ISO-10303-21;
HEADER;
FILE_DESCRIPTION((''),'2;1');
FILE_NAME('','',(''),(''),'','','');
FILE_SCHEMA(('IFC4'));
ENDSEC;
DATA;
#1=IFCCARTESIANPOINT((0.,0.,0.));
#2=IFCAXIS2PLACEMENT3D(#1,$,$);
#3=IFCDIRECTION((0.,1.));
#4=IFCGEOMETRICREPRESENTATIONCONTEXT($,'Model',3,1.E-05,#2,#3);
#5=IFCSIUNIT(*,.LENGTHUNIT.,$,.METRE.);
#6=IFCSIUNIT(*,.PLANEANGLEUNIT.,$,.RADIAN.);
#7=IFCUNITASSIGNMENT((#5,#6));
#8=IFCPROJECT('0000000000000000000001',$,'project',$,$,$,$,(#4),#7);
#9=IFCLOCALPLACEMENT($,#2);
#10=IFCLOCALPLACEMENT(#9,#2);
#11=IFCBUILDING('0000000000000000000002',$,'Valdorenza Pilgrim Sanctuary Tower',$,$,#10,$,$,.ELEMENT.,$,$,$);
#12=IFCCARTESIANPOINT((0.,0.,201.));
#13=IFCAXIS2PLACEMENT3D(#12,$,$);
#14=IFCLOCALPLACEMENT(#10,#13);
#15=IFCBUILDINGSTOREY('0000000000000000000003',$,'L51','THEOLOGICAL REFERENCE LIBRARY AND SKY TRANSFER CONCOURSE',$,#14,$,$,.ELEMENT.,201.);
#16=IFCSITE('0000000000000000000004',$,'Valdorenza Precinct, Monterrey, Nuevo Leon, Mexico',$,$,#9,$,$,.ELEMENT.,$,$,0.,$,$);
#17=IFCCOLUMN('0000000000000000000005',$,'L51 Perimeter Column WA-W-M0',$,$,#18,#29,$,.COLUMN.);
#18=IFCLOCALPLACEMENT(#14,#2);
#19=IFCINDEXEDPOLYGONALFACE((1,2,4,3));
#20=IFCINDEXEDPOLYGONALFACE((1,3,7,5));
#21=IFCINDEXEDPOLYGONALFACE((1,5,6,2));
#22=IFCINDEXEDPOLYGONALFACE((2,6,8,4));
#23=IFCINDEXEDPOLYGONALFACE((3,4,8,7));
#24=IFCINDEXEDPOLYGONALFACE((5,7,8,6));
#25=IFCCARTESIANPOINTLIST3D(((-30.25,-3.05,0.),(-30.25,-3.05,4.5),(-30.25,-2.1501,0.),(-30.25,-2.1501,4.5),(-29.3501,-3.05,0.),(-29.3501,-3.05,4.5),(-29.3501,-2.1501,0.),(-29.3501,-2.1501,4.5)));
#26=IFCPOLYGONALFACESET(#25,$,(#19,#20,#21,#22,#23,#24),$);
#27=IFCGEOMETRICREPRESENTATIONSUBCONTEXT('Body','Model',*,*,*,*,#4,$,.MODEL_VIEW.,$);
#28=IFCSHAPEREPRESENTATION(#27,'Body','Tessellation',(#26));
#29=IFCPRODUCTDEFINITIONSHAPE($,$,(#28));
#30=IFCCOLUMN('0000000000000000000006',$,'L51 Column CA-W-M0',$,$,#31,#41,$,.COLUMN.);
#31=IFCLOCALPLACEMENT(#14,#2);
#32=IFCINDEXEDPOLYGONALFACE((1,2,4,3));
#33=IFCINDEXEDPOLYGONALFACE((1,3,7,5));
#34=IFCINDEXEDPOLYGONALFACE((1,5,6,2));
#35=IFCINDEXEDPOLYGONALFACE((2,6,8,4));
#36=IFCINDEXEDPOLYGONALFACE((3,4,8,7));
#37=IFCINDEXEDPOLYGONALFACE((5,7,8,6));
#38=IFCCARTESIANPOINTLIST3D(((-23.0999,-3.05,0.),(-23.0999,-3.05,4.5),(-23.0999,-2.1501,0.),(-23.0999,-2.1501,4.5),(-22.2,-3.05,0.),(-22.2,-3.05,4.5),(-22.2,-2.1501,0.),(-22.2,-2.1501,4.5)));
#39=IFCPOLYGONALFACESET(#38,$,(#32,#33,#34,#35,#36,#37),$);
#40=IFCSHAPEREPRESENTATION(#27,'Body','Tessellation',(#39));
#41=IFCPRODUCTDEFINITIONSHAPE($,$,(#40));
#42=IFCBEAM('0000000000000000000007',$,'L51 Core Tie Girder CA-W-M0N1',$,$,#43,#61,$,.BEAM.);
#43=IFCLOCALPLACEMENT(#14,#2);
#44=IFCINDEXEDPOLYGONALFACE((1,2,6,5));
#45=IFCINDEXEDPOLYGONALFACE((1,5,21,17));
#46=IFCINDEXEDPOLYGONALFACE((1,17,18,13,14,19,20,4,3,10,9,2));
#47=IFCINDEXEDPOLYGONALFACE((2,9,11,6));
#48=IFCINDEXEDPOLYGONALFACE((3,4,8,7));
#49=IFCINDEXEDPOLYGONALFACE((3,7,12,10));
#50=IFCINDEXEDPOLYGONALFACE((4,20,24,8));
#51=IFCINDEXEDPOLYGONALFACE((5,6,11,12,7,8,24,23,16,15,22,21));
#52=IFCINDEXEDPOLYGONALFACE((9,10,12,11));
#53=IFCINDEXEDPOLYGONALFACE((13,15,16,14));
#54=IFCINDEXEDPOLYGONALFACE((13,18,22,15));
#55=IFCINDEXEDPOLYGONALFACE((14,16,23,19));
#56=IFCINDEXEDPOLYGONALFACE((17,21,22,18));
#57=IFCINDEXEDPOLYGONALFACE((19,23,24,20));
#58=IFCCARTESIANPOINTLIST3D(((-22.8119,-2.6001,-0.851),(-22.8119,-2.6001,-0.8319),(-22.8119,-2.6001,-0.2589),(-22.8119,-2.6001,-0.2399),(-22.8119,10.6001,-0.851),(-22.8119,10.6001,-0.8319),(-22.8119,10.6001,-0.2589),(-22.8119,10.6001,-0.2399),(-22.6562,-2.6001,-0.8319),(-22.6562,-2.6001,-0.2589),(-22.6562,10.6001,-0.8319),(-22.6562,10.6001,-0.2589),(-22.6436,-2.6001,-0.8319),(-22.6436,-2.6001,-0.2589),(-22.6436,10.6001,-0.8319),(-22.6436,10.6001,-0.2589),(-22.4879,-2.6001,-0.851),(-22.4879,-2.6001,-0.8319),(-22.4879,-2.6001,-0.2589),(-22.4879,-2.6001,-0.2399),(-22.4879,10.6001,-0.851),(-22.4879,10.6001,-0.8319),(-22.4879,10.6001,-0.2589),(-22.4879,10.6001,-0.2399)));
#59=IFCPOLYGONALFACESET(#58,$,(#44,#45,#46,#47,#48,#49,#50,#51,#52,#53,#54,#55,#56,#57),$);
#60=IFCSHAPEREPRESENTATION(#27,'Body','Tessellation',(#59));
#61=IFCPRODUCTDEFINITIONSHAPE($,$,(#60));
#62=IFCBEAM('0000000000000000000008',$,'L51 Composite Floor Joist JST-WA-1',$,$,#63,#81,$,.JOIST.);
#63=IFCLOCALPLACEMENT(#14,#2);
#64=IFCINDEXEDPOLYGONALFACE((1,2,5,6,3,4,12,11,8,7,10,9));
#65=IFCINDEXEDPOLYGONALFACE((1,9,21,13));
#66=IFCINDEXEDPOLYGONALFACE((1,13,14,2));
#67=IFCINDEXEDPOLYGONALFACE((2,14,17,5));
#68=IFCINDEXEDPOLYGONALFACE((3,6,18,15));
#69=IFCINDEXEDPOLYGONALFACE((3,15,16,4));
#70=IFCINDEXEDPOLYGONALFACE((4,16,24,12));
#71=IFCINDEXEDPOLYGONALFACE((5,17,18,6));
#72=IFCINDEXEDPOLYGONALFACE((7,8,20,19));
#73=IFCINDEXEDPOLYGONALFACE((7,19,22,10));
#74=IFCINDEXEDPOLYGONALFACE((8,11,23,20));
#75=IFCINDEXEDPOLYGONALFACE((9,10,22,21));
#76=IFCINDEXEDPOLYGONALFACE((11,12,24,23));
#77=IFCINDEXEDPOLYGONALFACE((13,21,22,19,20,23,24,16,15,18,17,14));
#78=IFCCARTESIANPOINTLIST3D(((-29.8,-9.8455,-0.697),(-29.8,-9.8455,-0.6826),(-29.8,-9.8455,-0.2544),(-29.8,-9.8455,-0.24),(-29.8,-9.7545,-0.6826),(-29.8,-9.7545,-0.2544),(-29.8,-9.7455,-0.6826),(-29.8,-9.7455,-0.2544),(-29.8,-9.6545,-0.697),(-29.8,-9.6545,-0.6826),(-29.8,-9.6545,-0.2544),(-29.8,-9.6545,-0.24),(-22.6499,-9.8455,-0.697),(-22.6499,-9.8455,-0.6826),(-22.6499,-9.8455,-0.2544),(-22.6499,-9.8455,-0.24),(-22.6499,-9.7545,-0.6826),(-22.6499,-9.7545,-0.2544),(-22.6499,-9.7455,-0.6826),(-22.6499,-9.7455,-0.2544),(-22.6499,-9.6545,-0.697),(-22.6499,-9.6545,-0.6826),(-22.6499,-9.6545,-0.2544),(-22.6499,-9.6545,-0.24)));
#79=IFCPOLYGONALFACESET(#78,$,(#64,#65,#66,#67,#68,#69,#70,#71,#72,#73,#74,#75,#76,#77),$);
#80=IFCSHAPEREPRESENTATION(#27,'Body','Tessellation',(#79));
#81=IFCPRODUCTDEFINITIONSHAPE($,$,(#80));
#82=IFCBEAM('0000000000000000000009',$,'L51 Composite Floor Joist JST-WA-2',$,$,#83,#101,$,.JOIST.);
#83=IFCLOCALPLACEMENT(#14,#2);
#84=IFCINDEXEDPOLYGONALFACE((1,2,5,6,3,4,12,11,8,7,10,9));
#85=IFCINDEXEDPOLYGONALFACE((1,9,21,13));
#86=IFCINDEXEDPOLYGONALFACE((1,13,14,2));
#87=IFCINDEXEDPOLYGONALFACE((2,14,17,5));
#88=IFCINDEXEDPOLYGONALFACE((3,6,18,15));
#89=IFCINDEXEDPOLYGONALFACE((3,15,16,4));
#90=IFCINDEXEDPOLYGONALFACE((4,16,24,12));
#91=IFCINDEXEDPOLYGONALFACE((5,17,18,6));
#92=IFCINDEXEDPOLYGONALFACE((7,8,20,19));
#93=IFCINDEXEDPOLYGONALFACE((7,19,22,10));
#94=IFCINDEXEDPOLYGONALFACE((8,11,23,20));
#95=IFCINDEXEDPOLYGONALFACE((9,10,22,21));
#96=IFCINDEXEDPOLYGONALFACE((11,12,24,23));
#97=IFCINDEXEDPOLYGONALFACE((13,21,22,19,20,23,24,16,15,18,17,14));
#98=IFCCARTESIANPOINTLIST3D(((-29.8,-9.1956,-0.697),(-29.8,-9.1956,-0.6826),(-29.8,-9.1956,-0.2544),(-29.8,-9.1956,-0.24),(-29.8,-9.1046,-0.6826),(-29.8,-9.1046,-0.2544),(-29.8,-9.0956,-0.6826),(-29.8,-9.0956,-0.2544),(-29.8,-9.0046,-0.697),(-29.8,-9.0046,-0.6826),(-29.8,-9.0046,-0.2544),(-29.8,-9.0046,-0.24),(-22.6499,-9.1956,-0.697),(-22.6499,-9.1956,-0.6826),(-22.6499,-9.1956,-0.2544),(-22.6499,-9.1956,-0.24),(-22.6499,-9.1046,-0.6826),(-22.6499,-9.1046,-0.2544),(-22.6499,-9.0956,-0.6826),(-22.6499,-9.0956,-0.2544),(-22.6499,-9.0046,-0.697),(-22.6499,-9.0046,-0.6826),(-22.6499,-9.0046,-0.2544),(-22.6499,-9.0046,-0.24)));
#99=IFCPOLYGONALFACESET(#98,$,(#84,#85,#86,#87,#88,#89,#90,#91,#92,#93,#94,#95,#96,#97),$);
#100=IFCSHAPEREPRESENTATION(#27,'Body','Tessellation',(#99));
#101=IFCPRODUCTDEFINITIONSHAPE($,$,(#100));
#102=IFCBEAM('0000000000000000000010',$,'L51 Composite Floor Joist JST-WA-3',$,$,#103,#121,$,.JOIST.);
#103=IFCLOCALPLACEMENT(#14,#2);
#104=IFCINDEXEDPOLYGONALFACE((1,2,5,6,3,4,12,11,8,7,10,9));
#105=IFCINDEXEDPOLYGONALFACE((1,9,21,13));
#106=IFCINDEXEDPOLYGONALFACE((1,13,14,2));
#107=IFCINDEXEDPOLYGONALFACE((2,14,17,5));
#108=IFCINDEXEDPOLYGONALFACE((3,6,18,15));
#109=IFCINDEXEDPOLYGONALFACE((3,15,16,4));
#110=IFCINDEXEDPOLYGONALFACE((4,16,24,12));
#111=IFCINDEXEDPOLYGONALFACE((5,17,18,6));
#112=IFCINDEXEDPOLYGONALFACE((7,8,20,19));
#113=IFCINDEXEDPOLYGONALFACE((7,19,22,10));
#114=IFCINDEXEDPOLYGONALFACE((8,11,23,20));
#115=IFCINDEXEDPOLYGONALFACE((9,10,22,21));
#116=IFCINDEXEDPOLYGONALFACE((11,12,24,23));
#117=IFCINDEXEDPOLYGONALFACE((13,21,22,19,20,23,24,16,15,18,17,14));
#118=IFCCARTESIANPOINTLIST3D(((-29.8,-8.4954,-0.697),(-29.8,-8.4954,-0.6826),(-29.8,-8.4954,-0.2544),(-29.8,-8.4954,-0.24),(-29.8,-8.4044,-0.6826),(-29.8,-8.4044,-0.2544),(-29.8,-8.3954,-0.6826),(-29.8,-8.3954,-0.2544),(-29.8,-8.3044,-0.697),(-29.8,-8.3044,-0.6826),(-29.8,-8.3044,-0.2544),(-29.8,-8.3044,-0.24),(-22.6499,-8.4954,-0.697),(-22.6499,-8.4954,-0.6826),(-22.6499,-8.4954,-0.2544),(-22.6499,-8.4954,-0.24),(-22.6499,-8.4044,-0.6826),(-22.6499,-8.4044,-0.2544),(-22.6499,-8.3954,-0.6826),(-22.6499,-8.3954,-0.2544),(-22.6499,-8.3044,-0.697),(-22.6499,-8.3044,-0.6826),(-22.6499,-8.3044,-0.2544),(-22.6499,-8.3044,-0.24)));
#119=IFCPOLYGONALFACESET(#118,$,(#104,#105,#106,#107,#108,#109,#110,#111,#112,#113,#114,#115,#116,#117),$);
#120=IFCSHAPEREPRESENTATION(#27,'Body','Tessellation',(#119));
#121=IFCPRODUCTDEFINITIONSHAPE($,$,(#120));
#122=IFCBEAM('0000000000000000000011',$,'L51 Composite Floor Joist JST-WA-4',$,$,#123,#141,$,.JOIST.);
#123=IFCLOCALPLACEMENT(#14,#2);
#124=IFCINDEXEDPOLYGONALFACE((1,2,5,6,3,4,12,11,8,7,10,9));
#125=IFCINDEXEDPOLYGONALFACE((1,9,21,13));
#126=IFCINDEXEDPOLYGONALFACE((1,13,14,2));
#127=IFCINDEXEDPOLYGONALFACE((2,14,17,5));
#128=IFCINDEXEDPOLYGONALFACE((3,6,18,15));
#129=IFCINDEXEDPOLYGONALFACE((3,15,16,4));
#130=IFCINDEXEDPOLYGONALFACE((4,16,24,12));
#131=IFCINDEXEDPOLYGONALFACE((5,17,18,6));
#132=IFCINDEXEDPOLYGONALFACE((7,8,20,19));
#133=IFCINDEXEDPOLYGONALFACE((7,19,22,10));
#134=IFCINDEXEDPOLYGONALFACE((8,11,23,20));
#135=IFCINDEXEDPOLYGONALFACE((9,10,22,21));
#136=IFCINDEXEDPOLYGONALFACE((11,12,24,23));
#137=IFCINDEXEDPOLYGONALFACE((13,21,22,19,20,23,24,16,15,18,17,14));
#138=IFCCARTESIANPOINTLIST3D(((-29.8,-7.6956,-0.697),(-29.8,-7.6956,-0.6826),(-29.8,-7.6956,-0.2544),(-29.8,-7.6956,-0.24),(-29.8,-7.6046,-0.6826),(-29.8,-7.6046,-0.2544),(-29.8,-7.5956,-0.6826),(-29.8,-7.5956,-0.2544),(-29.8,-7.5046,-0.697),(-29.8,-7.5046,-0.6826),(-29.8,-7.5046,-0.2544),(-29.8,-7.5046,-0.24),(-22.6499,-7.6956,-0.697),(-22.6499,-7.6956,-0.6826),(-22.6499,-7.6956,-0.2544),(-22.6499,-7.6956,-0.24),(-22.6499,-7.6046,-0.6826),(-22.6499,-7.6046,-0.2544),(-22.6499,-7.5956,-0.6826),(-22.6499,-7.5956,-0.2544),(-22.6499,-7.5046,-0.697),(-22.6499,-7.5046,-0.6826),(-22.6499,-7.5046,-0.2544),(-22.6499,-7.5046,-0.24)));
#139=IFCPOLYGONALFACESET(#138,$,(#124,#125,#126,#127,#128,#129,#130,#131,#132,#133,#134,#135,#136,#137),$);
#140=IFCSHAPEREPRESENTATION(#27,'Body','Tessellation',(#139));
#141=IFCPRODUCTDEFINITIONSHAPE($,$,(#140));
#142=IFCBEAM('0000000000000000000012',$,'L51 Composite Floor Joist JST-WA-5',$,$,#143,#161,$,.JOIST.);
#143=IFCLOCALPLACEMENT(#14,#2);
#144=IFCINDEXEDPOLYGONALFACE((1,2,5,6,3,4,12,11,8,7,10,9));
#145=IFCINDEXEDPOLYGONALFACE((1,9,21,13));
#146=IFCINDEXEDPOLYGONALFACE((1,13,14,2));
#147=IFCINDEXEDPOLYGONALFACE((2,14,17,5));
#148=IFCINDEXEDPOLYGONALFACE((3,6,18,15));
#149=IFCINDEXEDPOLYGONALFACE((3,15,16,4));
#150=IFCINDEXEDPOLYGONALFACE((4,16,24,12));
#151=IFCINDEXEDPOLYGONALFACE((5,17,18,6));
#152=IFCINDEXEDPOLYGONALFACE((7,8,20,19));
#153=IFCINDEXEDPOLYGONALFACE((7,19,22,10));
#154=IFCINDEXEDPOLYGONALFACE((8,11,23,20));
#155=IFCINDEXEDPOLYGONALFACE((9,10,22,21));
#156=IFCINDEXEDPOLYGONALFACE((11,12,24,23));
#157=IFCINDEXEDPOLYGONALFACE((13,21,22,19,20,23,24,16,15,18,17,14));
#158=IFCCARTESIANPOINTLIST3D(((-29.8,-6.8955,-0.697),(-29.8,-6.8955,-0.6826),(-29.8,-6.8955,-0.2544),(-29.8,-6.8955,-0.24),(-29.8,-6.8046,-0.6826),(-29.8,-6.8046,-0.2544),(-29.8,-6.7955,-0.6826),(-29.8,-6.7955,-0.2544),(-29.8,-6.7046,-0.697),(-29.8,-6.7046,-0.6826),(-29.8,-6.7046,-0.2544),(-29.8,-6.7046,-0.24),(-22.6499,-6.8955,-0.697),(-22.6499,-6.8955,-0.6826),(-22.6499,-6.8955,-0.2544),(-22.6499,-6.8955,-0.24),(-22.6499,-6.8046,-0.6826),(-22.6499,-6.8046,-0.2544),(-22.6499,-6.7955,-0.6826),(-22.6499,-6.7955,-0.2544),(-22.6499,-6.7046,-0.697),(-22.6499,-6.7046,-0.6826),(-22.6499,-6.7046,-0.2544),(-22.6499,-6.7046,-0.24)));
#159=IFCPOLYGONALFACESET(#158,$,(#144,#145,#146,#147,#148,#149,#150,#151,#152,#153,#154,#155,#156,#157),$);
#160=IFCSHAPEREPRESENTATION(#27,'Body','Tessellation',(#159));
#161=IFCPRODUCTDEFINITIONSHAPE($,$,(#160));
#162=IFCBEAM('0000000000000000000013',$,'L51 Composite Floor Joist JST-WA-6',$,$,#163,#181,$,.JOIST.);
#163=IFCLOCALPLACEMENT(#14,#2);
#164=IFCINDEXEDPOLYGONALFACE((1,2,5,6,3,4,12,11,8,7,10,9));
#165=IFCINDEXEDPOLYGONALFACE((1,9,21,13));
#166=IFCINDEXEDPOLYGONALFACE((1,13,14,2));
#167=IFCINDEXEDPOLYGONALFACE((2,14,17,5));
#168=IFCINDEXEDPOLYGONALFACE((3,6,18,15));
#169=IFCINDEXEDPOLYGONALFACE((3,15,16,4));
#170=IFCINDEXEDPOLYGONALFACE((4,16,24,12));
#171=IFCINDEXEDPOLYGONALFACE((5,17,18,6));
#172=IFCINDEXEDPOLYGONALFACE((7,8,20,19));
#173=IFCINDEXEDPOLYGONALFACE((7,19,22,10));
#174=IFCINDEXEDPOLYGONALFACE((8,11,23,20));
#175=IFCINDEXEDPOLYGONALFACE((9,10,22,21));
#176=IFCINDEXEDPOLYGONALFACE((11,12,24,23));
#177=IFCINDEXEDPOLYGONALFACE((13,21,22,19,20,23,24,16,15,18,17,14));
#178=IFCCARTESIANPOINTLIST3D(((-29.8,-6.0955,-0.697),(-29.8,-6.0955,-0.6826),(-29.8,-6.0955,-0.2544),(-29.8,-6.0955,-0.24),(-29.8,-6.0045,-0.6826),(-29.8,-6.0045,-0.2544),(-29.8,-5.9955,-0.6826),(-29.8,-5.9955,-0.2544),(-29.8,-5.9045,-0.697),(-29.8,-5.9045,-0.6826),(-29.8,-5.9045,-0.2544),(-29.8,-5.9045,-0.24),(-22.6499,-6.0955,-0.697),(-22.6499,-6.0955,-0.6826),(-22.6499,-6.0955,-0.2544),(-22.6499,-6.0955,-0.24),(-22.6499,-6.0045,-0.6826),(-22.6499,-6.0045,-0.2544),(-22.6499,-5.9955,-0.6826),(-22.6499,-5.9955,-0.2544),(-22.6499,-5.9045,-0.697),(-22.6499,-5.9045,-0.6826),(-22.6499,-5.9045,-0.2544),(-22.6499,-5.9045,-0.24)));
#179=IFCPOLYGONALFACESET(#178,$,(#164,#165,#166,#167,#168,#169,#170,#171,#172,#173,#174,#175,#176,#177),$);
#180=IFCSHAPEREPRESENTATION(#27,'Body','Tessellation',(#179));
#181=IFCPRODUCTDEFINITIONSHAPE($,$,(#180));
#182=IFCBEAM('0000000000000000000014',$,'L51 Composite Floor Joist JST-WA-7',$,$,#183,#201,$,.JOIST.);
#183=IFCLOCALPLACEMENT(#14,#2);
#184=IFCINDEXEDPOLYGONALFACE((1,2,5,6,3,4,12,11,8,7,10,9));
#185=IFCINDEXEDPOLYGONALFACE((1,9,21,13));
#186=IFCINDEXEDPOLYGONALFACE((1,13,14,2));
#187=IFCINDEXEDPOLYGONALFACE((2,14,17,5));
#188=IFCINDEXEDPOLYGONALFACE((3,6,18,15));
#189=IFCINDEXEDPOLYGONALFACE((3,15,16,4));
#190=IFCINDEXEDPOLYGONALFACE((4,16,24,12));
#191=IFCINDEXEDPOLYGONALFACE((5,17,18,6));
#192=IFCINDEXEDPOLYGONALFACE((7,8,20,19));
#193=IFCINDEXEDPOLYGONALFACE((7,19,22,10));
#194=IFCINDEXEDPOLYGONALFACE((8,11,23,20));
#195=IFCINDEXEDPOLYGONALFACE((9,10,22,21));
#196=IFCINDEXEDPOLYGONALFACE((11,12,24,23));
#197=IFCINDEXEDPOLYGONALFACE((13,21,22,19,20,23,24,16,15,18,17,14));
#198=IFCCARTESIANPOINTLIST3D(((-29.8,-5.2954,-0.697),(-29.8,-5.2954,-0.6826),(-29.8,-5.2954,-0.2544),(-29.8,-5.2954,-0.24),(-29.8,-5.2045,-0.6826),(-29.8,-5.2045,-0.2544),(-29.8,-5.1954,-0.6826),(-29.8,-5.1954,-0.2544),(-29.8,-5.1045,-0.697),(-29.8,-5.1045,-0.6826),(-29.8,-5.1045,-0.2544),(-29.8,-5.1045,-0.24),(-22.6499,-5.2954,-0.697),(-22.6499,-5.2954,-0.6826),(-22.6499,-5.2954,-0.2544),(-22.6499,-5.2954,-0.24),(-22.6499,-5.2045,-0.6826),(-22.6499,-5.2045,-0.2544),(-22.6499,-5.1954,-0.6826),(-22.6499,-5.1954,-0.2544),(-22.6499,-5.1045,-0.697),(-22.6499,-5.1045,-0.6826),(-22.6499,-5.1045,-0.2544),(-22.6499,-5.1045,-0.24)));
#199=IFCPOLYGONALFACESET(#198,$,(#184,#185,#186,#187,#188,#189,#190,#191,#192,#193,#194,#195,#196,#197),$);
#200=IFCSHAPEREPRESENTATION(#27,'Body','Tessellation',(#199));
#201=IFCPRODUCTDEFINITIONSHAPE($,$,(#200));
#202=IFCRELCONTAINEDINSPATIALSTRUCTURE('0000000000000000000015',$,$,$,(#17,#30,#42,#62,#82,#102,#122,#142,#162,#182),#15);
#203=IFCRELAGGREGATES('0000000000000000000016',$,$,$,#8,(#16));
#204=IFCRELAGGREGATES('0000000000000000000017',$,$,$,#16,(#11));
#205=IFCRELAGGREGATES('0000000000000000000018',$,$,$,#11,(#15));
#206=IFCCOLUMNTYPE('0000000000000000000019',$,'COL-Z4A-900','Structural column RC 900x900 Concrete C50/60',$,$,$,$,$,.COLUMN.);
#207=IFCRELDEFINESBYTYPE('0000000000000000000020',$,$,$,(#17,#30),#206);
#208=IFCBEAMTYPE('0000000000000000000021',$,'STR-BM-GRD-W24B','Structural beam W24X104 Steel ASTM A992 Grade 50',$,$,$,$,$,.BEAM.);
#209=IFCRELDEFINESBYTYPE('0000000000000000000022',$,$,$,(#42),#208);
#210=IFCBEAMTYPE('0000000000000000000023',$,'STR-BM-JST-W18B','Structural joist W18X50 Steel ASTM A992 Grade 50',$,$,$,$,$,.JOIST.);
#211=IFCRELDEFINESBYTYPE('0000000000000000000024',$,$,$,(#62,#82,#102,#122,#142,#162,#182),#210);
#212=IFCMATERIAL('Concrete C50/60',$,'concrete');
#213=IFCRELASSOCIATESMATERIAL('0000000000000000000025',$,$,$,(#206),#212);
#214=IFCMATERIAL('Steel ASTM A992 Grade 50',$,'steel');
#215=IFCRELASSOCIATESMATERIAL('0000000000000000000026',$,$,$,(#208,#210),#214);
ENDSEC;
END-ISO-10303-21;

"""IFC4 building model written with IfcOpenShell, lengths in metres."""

from ifc_helpers import new_model, si_unit, direction, frame, origin, origin_2d, place, context, subcontext, project, spatial, rectangle, i_section, extrude, source, transform, mapped, material, material_profile, profile_set, type_object, element, save


model = new_model("IFC4")

# Units and contexts
model_context = context("Model", 3, precision=1e-05, world=origin(), true_north=direction((0.0, 1.0)))
body_context = subcontext(model_context, "Body", "Model", "MODEL_VIEW")
ifc_project = project(units=[si_unit("LENGTHUNIT", "METRE"), si_unit("PLANEANGLEUNIT", "RADIAN")], contexts=[model_context])

# Site, building, storey
site_placement = place(None, origin())
site = spatial("IfcSite", under=ifc_project, at=site_placement, Name="Valdorenza Precinct, Monterrey, Nuevo Leon, Mexico", CompositionType="ELEMENT", RefElevation=0.0)
building_placement = place(site_placement, origin())
building = spatial("IfcBuilding", under=site, at=building_placement, Name="Valdorenza Pilgrim Sanctuary Tower", CompositionType="ELEMENT")
storey_placement = place(building_placement, frame((0.0, 0.0, 201.0)))
storey = spatial("IfcBuildingStorey", under=building, at=storey_placement, Name="L51", Description="THEOLOGICAL REFERENCE LIBRARY AND SKY TRANSFER CONCOURSE", CompositionType="ELEMENT", Elevation=201.0)

# Columns
ifc_material_1 = material(Name="Concrete C50/60", Category="concrete")
ifc_material_profile_1 = material_profile(ifc_material_1, rectangle(XDim=0.8999, YDim=0.8999, at=origin_2d()), Name="RC 900x900")
ifc_profile_set_1 = profile_set([ifc_material_profile_1], Name="Concrete C50/60")
column_type = type_object("IfcColumnType", Name="COL-Z4A-900", Description="Structural column RC 900x900 Concrete C50/60", PredefinedType="COLUMN", material=ifc_profile_set_1)
shared_shape_1 = source(origin(), body_context, "Body", "SweptSolid", [
    extrude(rectangle(XDim=0.8999, YDim=0.8999, at=origin_2d()), origin(), (0.0, 0.0, 1.0), 4.5),
])
for number, where, z_axis, x_axis, name in (
    (1, (-29.8, -2.6001, 0.0), (0.0, 0.0, 1.0), (1.0, 0.0, 0.0), "L51 Perimeter Column WA-W-M0"),
    (2, (-22.6499, -2.6001, 0.0), (0.0, 0.0, 1.0), (1.0, 0.0, 0.0), "L51 Column CA-W-M0"),
):
    element("IfcColumn", number, at=place(storey_placement, frame(where, z_axis=z_axis, x_axis=x_axis)), inside=storey, type_object=column_type, Name=name, PredefinedType="COLUMN", context=body_context, shape_type="MappedRepresentation", body=[
        mapped(shared_shape_1, transform((0.0, 0.0, 0.0), x_axis=(1.0, 0.0, 0.0), y_axis=(0.0, 1.0, 0.0), z_axis=(0.0, 0.0, 1.0), scale=1.0)),
    ])

# Beams
ifc_material_2 = material(Name="Steel ASTM A992 Grade 50", Category="steel")
ifc_material_profile_2 = material_profile(ifc_material_2, i_section(OverallWidth=0.324, OverallDepth=0.6111, WebThickness=0.0127, FlangeThickness=0.019, at=origin_2d()), Name="W24X104")
ifc_profile_set_2 = profile_set([ifc_material_profile_2], Name="Steel ASTM A992 Grade 50")
beam_type_1 = type_object("IfcBeamType", Name="STR-BM-GRD-W24B", Description="Structural beam W24X104 Steel ASTM A992 Grade 50", PredefinedType="BEAM", material=ifc_profile_set_2)
shared_shape_2 = source(origin(), body_context, "Body", "SweptSolid", [
    extrude(i_section(OverallWidth=0.324, OverallDepth=0.6111, WebThickness=0.0127, FlangeThickness=0.019, at=origin_2d()), origin(), (0.0, 0.0, 1.0), 13.2002),
])
beam_1_placement = place(storey_placement, frame((-22.6499, -2.6001, -0.5454), z_axis=(0.0, 1.0, 0.0), x_axis=(-1.0, 0.0, 0.0)))
element("IfcBeam", 3, at=beam_1_placement, inside=storey, type_object=beam_type_1, Name="L51 Core Tie Girder CA-W-M0N1", PredefinedType="BEAM", context=body_context, shape_type="MappedRepresentation", body=[
    mapped(shared_shape_2, transform((0.0, 0.0, 0.0), x_axis=(1.0, 0.0, 0.0), y_axis=(0.0, 1.0, 0.0), z_axis=(0.0, 0.0, 1.0), scale=1.0)),
])
ifc_material_profile_3 = material_profile(ifc_material_2, i_section(OverallWidth=0.1909, OverallDepth=0.457, WebThickness=0.009, FlangeThickness=0.0144, at=origin_2d()), Name="W18X50")
ifc_profile_set_3 = profile_set([ifc_material_profile_3], Name="Steel ASTM A992 Grade 50")
beam_type_2 = type_object("IfcBeamType", Name="STR-BM-JST-W18B", Description="Structural joist W18X50 Steel ASTM A992 Grade 50", PredefinedType="JOIST", material=ifc_profile_set_3)
shared_shape_3 = source(origin(), body_context, "Body", "SweptSolid", [
    extrude(i_section(OverallWidth=0.1909, OverallDepth=0.457, WebThickness=0.009, FlangeThickness=0.0144, at=origin_2d()), origin(), (0.0, 0.0, 1.0), 7.1501),
])
for number, where, z_axis, x_axis, name in (
    (4, (-29.8, -9.75, -0.4685), (1.0, 0.0, 0.0), (0.0, 1.0, 0.0), "L51 Composite Floor Joist JST-WA-1"),
    (5, (-29.8, -9.1001, -0.4685), (1.0, 0.0, 0.0), (0.0, 1.0, 0.0), "L51 Composite Floor Joist JST-WA-2"),
    (6, (-29.8, -8.3999, -0.4685), (1.0, 0.0, 0.0), (0.0, 1.0, 0.0), "L51 Composite Floor Joist JST-WA-3"),
    (7, (-29.8, -7.6001, -0.4685), (1.0, 0.0, 0.0), (0.0, 1.0, 0.0), "L51 Composite Floor Joist JST-WA-4"),
    (8, (-29.8, -6.8, -0.4685), (1.0, 0.0, 0.0), (0.0, 1.0, 0.0), "L51 Composite Floor Joist JST-WA-5"),
    (9, (-29.8, -6.0, -0.4685), (1.0, 0.0, 0.0), (0.0, 1.0, 0.0), "L51 Composite Floor Joist JST-WA-6"),
    (10, (-29.8, -5.2, -0.4685), (1.0, 0.0, 0.0), (0.0, 1.0, 0.0), "L51 Composite Floor Joist JST-WA-7"),
):
    element("IfcBeam", number, at=place(storey_placement, frame(where, z_axis=z_axis, x_axis=x_axis)), inside=storey, type_object=beam_type_2, Name=name, PredefinedType="JOIST", context=body_context, shape_type="MappedRepresentation", body=[
        mapped(shared_shape_3, transform((0.0, 0.0, 0.0), x_axis=(1.0, 0.0, 0.0), y_axis=(0.0, 1.0, 0.0), z_axis=(0.0, 0.0, 1.0), scale=1.0)),
    ])

save(model, "model.ifc")
